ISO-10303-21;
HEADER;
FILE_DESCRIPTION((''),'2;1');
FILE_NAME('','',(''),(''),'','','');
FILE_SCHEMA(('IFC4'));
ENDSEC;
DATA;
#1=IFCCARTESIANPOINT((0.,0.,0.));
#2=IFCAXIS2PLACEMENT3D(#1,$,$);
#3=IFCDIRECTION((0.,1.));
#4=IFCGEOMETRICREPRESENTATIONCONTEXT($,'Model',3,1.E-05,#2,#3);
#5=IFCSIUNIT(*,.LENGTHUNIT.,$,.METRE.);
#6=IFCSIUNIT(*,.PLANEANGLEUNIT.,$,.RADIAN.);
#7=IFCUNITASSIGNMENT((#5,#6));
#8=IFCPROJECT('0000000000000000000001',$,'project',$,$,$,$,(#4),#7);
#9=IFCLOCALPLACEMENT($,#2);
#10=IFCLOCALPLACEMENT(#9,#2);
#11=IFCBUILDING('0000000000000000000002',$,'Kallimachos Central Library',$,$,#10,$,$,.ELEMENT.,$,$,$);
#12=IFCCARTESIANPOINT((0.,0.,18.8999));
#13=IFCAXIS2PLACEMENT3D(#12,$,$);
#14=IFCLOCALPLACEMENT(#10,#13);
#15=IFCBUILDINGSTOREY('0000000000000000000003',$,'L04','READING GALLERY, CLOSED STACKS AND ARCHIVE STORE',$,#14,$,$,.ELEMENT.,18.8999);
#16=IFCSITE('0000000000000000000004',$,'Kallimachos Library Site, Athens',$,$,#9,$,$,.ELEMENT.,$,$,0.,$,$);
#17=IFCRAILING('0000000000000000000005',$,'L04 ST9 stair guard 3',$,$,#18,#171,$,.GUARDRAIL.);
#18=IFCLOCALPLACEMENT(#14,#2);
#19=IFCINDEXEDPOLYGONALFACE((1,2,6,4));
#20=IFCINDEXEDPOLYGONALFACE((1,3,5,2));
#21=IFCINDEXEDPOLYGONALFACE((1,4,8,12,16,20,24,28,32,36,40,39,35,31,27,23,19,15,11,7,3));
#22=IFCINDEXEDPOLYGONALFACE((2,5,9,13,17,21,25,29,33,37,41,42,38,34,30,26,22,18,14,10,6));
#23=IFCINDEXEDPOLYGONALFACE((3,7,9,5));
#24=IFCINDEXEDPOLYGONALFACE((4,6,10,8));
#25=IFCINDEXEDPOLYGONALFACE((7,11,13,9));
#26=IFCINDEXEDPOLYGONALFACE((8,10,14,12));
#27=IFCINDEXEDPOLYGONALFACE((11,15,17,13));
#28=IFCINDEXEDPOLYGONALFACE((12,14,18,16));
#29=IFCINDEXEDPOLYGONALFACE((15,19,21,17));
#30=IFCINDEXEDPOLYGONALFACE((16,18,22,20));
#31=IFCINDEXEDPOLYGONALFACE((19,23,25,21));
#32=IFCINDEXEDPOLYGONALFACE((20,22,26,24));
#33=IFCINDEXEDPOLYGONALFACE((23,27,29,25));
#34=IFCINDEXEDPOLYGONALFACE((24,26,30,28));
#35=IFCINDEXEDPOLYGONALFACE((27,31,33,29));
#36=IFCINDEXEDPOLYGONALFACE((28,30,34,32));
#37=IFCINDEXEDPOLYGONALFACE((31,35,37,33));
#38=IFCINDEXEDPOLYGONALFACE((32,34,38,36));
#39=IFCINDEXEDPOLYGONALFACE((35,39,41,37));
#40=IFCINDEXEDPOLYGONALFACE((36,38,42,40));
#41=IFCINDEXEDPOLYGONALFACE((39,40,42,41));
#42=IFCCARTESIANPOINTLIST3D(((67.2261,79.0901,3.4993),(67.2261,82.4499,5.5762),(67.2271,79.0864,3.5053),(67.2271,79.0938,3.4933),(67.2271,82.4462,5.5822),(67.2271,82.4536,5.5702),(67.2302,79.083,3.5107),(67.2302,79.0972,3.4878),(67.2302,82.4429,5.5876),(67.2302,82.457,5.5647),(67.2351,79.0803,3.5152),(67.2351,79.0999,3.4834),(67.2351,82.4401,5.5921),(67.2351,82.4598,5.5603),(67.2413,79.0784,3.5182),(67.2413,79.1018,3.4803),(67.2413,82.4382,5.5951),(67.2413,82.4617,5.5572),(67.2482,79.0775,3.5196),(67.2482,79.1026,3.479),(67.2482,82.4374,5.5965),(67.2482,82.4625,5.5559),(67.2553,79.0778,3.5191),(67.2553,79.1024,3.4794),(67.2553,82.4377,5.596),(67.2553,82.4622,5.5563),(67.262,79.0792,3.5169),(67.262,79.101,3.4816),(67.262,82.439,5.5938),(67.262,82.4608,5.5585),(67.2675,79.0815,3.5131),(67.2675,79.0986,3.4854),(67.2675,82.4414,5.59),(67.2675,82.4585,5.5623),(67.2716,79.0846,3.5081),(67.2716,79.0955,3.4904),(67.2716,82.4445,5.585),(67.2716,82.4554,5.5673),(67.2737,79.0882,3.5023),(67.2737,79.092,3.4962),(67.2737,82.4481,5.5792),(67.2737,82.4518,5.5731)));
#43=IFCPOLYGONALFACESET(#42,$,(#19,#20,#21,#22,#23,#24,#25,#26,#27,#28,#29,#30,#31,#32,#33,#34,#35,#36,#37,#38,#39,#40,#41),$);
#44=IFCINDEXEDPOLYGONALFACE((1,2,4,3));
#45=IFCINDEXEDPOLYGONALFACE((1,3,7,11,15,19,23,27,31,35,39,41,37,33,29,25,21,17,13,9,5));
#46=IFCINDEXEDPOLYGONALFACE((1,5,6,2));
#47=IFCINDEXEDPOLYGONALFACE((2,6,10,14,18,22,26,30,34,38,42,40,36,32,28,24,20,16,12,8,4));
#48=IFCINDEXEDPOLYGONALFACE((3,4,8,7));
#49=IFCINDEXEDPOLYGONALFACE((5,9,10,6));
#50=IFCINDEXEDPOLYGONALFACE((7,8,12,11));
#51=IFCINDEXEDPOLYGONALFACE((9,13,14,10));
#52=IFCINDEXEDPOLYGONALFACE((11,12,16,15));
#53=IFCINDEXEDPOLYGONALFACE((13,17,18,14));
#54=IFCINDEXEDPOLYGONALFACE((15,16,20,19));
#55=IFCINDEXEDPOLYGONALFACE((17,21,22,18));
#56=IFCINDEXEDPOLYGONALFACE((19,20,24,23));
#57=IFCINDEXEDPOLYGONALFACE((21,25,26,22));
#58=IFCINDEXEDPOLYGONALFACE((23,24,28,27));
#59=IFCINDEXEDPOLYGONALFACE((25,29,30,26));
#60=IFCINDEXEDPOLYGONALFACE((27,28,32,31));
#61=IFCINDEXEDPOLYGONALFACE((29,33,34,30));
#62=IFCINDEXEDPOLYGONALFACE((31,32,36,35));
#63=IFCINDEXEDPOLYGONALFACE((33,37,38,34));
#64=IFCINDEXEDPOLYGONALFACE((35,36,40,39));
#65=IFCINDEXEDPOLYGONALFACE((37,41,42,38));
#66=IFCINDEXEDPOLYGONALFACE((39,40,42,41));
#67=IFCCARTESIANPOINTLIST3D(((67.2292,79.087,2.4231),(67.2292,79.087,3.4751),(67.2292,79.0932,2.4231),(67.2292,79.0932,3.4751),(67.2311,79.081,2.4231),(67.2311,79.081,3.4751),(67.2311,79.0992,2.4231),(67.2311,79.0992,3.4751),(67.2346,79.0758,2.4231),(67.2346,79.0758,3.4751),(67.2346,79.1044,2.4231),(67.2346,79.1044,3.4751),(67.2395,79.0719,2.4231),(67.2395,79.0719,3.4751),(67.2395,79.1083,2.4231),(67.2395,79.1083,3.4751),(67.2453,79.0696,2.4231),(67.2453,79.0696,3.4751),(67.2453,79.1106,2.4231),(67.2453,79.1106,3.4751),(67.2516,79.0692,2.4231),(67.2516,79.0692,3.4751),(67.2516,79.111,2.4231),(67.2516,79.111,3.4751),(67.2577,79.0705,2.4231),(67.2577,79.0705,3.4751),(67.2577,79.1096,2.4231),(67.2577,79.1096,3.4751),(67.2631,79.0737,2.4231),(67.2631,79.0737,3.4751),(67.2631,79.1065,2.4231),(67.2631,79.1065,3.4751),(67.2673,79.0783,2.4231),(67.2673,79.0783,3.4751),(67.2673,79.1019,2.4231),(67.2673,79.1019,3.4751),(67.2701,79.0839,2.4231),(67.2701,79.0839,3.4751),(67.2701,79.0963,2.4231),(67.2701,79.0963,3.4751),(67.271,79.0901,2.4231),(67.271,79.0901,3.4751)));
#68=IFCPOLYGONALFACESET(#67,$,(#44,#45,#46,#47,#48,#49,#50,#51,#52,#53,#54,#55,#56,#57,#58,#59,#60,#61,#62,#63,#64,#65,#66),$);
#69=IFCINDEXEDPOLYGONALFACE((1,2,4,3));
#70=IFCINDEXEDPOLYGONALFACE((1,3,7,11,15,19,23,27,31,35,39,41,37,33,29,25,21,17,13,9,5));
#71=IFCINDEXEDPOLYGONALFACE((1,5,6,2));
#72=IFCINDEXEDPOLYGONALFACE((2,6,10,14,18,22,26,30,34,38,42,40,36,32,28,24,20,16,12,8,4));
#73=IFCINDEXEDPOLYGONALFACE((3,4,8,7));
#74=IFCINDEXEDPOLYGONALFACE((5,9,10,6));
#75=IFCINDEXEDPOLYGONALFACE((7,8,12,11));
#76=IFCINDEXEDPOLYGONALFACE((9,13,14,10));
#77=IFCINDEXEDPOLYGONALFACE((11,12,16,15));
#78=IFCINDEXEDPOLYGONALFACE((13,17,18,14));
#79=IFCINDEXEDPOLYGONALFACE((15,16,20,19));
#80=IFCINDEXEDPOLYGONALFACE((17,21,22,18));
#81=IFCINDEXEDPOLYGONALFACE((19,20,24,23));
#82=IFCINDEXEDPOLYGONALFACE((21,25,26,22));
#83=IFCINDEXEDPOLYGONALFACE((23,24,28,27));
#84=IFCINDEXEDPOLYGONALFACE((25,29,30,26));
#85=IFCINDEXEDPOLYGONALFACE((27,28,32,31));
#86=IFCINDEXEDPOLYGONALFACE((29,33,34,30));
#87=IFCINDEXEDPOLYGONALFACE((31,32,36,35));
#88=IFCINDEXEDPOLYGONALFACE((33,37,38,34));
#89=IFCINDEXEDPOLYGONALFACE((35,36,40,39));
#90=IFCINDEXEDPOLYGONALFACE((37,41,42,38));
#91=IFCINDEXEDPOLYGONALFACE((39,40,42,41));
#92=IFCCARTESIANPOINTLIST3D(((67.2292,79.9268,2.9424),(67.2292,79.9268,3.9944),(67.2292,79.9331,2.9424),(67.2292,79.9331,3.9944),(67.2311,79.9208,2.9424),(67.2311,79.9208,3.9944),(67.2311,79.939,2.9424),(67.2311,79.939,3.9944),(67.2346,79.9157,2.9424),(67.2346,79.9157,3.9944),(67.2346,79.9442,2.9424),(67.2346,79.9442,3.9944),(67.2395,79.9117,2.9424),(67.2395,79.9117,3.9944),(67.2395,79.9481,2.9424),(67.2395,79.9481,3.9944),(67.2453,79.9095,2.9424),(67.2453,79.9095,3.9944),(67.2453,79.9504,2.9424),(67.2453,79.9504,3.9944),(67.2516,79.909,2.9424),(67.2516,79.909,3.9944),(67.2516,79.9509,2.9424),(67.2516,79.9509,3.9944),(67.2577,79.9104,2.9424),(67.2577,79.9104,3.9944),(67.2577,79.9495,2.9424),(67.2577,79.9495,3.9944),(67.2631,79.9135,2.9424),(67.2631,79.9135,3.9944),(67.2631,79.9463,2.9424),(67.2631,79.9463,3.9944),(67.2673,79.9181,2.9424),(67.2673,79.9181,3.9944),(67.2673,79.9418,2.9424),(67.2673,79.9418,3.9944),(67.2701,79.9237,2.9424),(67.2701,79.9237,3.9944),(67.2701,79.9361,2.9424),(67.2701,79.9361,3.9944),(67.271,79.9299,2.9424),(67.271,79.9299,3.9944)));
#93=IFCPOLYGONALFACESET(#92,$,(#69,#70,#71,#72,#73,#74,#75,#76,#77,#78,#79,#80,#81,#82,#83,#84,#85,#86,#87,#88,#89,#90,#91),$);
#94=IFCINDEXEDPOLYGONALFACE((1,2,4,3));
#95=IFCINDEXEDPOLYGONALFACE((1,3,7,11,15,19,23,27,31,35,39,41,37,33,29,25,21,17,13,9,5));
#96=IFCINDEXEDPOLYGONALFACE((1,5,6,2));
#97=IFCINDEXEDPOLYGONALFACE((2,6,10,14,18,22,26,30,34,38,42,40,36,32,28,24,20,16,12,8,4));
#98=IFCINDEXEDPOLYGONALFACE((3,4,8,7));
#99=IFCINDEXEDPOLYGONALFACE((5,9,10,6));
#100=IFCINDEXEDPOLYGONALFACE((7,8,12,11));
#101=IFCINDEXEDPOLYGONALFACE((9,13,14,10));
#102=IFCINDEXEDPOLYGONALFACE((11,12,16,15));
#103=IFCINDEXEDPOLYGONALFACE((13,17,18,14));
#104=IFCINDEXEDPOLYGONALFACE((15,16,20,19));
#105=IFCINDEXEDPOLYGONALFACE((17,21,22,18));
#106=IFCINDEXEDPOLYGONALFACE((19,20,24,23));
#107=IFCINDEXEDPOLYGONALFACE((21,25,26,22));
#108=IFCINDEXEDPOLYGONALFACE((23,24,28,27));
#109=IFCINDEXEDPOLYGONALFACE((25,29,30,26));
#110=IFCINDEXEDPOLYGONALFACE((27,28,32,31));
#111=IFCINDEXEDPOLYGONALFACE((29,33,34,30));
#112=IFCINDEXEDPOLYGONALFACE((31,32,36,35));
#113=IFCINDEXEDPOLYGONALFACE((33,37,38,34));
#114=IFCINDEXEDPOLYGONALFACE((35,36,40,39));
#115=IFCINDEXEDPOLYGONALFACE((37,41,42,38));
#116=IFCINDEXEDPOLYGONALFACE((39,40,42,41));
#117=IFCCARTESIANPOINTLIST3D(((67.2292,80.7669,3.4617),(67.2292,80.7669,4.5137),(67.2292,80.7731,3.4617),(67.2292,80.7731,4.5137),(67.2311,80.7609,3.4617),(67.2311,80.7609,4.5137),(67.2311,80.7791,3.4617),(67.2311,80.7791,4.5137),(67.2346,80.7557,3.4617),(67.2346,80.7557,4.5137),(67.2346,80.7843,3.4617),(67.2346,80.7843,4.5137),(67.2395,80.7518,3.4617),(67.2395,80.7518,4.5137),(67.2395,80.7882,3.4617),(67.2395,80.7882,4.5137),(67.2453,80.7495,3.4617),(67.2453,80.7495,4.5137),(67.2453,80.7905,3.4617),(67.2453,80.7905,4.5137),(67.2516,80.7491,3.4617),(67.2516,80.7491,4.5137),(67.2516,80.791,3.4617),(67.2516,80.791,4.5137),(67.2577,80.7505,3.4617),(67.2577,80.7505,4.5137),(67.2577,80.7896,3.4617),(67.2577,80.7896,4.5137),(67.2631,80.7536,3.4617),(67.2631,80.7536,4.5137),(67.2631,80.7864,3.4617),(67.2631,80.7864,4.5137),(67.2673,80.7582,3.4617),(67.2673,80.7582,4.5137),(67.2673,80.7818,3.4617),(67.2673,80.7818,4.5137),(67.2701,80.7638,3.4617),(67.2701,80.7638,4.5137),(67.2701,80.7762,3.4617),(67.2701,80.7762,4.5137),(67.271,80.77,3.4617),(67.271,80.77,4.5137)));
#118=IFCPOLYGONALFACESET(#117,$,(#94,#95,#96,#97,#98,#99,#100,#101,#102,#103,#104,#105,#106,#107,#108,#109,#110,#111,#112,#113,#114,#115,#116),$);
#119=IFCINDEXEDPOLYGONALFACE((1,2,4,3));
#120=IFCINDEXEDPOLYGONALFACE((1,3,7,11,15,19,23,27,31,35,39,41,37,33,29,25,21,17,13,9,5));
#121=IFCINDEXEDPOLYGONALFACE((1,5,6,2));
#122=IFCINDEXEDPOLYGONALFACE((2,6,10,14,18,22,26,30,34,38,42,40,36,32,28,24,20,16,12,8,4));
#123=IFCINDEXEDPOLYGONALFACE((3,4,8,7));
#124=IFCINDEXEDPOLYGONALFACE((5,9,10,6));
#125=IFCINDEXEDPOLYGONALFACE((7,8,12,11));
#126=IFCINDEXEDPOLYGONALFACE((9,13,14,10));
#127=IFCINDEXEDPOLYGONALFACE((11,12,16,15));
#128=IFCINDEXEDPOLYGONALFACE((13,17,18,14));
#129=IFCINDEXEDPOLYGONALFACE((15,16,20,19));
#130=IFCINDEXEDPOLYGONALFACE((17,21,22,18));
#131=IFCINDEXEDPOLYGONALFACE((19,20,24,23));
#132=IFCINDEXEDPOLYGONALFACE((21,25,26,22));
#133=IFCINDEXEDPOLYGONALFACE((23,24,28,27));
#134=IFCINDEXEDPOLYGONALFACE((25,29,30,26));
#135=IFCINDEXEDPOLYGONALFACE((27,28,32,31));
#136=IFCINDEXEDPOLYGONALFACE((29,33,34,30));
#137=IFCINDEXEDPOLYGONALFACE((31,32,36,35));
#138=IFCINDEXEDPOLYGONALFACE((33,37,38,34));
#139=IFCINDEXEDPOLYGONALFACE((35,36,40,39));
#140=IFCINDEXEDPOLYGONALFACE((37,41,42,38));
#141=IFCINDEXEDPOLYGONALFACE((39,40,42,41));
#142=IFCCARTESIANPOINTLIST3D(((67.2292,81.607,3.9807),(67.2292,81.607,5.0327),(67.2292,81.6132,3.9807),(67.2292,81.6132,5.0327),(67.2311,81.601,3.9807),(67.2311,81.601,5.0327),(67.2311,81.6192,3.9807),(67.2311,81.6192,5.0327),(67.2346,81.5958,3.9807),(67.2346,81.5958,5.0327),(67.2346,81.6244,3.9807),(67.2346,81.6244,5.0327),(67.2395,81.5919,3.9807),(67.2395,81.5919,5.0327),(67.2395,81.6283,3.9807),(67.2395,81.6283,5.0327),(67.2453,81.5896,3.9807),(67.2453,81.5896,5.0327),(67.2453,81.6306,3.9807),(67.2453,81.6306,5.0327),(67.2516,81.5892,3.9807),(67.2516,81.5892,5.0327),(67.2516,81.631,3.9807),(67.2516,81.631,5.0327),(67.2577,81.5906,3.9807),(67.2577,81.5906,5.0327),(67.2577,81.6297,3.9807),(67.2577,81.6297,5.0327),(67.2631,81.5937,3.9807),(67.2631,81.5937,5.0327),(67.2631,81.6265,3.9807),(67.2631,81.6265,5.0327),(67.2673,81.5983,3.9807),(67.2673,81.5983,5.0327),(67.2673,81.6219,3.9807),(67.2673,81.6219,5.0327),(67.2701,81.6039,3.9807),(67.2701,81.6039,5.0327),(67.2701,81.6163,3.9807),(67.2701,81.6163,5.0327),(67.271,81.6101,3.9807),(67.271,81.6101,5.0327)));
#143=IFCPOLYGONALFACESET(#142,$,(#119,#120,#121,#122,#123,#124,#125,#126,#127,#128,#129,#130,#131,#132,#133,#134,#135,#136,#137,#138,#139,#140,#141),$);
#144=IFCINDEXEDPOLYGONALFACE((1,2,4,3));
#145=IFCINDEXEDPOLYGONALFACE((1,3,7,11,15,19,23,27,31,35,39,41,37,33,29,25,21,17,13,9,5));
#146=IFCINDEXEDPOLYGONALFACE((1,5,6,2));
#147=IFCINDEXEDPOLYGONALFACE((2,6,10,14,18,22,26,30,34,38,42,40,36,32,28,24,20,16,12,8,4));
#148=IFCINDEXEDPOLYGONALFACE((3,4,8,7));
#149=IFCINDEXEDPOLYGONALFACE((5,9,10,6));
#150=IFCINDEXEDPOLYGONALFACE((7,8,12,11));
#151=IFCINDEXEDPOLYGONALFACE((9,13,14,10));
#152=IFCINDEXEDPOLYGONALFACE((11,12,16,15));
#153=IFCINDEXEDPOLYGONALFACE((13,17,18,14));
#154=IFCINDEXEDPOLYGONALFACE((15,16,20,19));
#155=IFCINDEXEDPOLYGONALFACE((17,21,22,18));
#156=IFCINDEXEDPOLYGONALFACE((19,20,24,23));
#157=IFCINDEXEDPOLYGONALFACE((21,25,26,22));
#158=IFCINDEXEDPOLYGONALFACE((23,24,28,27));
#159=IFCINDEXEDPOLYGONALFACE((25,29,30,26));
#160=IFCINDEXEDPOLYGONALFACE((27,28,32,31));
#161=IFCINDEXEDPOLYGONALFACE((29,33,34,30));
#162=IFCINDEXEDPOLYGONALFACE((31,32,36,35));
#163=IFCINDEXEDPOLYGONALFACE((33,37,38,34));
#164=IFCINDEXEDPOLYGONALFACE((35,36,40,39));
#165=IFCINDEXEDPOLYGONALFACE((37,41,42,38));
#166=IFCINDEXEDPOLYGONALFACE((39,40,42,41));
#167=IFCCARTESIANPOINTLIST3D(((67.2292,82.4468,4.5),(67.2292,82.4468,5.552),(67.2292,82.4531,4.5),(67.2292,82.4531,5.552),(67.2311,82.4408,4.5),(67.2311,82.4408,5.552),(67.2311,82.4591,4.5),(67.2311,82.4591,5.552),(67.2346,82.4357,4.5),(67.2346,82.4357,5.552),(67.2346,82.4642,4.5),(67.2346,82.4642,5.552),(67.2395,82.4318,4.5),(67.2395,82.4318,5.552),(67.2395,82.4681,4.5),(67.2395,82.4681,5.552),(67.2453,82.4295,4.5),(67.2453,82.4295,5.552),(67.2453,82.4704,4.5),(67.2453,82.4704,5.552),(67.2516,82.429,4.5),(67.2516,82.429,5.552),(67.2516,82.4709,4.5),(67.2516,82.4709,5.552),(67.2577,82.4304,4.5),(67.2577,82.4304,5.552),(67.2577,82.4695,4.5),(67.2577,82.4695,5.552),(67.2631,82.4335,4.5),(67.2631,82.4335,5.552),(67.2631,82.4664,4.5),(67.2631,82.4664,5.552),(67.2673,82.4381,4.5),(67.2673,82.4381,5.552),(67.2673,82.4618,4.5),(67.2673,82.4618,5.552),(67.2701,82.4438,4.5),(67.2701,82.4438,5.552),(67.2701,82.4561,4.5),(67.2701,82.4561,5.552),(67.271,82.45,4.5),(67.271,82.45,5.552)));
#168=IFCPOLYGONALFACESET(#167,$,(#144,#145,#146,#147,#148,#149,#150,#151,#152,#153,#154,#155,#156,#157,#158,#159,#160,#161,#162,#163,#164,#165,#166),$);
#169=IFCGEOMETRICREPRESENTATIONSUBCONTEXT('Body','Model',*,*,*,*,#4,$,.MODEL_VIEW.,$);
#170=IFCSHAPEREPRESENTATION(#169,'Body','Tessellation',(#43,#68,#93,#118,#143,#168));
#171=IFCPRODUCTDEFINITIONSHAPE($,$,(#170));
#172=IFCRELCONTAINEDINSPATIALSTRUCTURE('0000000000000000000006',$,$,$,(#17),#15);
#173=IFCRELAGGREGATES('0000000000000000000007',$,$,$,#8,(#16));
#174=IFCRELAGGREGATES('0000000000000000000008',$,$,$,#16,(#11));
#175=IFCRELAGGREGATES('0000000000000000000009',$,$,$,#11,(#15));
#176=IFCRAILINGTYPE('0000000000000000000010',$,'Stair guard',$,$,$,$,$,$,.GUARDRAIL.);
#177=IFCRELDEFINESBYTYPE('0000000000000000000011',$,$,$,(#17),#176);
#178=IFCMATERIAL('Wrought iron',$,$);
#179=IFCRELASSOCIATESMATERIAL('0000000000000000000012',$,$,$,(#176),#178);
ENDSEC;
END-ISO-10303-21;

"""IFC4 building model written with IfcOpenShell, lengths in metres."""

from ifc_helpers import new_model, si_unit, direction, frame, origin, origin_2d, place, context, subcontext, project, spatial, circle, extrude, material, type_object, element, save


model = new_model("IFC4")

# Units and contexts
model_context = context("Model", 3, precision=1e-05, world=origin(), true_north=direction((0.0, 1.0)))
body_context = subcontext(model_context, "Body", "Model", "MODEL_VIEW")
ifc_project = project(units=[si_unit("LENGTHUNIT", "METRE"), si_unit("PLANEANGLEUNIT", "RADIAN")], contexts=[model_context])

# Site, building, storey
site_placement = place(None, origin())
site = spatial("IfcSite", under=ifc_project, at=site_placement, Name="Kallimachos Library Site, Athens", CompositionType="ELEMENT", RefElevation=0.0)
building_placement = place(site_placement, origin())
building = spatial("IfcBuilding", under=site, at=building_placement, Name="Kallimachos Central Library", CompositionType="ELEMENT")
storey_placement = place(building_placement, frame((0.0, 0.0, 18.8999)))
storey = spatial("IfcBuildingStorey", under=building, at=storey_placement, Name="L04", Description="READING GALLERY, CLOSED STACKS AND ARCHIVE STORE", CompositionType="ELEMENT", Elevation=18.8999)

# Railing
ifc_material_1 = material(Name="Wrought iron")
railing_type_1 = type_object("IfcRailingType", Name="Stair guard", PredefinedType="GUARDRAIL", material=ifc_material_1)
railing_1_placement = place(storey_placement, frame((67.25, 79.0901, 2.4231)))
element("IfcRailing", 1, at=railing_1_placement, inside=storey, type_object=railing_type_1, Name="L04 ST9 stair guard 3", PredefinedType="GUARDRAIL", context=body_context, shape_type="SweptSolid", body=[
    extrude(circle(Radius=0.0239, at=origin_2d()), frame((0.0, 0.0, 1.0762), z_axis=(0.0, 0.850606, 0.525803), x_axis=(-1.0, 0.0, 0.0)), (0.0, 0.0, 1.0), 3.95),
    extrude(circle(Radius=0.021, at=origin_2d()), origin(), (0.0, 0.0, 1.0), 1.052),
    extrude(circle(Radius=0.021, at=origin_2d()), frame((0.0, 0.8398, 0.5193)), (0.0, 0.0, 1.0), 1.052),
    extrude(circle(Radius=0.021, at=origin_2d()), frame((0.0, 1.6799, 1.0386)), (0.0, 0.0, 1.0), 1.052),
    extrude(circle(Radius=0.021, at=origin_2d()), frame((0.0, 2.52, 1.5576)), (0.0, 0.0, 1.0), 1.052),
    extrude(circle(Radius=0.021, at=origin_2d()), frame((0.0, 3.3599, 2.0769)), (0.0, 0.0, 1.0), 1.052),
])

save(model, "model.ifc")
